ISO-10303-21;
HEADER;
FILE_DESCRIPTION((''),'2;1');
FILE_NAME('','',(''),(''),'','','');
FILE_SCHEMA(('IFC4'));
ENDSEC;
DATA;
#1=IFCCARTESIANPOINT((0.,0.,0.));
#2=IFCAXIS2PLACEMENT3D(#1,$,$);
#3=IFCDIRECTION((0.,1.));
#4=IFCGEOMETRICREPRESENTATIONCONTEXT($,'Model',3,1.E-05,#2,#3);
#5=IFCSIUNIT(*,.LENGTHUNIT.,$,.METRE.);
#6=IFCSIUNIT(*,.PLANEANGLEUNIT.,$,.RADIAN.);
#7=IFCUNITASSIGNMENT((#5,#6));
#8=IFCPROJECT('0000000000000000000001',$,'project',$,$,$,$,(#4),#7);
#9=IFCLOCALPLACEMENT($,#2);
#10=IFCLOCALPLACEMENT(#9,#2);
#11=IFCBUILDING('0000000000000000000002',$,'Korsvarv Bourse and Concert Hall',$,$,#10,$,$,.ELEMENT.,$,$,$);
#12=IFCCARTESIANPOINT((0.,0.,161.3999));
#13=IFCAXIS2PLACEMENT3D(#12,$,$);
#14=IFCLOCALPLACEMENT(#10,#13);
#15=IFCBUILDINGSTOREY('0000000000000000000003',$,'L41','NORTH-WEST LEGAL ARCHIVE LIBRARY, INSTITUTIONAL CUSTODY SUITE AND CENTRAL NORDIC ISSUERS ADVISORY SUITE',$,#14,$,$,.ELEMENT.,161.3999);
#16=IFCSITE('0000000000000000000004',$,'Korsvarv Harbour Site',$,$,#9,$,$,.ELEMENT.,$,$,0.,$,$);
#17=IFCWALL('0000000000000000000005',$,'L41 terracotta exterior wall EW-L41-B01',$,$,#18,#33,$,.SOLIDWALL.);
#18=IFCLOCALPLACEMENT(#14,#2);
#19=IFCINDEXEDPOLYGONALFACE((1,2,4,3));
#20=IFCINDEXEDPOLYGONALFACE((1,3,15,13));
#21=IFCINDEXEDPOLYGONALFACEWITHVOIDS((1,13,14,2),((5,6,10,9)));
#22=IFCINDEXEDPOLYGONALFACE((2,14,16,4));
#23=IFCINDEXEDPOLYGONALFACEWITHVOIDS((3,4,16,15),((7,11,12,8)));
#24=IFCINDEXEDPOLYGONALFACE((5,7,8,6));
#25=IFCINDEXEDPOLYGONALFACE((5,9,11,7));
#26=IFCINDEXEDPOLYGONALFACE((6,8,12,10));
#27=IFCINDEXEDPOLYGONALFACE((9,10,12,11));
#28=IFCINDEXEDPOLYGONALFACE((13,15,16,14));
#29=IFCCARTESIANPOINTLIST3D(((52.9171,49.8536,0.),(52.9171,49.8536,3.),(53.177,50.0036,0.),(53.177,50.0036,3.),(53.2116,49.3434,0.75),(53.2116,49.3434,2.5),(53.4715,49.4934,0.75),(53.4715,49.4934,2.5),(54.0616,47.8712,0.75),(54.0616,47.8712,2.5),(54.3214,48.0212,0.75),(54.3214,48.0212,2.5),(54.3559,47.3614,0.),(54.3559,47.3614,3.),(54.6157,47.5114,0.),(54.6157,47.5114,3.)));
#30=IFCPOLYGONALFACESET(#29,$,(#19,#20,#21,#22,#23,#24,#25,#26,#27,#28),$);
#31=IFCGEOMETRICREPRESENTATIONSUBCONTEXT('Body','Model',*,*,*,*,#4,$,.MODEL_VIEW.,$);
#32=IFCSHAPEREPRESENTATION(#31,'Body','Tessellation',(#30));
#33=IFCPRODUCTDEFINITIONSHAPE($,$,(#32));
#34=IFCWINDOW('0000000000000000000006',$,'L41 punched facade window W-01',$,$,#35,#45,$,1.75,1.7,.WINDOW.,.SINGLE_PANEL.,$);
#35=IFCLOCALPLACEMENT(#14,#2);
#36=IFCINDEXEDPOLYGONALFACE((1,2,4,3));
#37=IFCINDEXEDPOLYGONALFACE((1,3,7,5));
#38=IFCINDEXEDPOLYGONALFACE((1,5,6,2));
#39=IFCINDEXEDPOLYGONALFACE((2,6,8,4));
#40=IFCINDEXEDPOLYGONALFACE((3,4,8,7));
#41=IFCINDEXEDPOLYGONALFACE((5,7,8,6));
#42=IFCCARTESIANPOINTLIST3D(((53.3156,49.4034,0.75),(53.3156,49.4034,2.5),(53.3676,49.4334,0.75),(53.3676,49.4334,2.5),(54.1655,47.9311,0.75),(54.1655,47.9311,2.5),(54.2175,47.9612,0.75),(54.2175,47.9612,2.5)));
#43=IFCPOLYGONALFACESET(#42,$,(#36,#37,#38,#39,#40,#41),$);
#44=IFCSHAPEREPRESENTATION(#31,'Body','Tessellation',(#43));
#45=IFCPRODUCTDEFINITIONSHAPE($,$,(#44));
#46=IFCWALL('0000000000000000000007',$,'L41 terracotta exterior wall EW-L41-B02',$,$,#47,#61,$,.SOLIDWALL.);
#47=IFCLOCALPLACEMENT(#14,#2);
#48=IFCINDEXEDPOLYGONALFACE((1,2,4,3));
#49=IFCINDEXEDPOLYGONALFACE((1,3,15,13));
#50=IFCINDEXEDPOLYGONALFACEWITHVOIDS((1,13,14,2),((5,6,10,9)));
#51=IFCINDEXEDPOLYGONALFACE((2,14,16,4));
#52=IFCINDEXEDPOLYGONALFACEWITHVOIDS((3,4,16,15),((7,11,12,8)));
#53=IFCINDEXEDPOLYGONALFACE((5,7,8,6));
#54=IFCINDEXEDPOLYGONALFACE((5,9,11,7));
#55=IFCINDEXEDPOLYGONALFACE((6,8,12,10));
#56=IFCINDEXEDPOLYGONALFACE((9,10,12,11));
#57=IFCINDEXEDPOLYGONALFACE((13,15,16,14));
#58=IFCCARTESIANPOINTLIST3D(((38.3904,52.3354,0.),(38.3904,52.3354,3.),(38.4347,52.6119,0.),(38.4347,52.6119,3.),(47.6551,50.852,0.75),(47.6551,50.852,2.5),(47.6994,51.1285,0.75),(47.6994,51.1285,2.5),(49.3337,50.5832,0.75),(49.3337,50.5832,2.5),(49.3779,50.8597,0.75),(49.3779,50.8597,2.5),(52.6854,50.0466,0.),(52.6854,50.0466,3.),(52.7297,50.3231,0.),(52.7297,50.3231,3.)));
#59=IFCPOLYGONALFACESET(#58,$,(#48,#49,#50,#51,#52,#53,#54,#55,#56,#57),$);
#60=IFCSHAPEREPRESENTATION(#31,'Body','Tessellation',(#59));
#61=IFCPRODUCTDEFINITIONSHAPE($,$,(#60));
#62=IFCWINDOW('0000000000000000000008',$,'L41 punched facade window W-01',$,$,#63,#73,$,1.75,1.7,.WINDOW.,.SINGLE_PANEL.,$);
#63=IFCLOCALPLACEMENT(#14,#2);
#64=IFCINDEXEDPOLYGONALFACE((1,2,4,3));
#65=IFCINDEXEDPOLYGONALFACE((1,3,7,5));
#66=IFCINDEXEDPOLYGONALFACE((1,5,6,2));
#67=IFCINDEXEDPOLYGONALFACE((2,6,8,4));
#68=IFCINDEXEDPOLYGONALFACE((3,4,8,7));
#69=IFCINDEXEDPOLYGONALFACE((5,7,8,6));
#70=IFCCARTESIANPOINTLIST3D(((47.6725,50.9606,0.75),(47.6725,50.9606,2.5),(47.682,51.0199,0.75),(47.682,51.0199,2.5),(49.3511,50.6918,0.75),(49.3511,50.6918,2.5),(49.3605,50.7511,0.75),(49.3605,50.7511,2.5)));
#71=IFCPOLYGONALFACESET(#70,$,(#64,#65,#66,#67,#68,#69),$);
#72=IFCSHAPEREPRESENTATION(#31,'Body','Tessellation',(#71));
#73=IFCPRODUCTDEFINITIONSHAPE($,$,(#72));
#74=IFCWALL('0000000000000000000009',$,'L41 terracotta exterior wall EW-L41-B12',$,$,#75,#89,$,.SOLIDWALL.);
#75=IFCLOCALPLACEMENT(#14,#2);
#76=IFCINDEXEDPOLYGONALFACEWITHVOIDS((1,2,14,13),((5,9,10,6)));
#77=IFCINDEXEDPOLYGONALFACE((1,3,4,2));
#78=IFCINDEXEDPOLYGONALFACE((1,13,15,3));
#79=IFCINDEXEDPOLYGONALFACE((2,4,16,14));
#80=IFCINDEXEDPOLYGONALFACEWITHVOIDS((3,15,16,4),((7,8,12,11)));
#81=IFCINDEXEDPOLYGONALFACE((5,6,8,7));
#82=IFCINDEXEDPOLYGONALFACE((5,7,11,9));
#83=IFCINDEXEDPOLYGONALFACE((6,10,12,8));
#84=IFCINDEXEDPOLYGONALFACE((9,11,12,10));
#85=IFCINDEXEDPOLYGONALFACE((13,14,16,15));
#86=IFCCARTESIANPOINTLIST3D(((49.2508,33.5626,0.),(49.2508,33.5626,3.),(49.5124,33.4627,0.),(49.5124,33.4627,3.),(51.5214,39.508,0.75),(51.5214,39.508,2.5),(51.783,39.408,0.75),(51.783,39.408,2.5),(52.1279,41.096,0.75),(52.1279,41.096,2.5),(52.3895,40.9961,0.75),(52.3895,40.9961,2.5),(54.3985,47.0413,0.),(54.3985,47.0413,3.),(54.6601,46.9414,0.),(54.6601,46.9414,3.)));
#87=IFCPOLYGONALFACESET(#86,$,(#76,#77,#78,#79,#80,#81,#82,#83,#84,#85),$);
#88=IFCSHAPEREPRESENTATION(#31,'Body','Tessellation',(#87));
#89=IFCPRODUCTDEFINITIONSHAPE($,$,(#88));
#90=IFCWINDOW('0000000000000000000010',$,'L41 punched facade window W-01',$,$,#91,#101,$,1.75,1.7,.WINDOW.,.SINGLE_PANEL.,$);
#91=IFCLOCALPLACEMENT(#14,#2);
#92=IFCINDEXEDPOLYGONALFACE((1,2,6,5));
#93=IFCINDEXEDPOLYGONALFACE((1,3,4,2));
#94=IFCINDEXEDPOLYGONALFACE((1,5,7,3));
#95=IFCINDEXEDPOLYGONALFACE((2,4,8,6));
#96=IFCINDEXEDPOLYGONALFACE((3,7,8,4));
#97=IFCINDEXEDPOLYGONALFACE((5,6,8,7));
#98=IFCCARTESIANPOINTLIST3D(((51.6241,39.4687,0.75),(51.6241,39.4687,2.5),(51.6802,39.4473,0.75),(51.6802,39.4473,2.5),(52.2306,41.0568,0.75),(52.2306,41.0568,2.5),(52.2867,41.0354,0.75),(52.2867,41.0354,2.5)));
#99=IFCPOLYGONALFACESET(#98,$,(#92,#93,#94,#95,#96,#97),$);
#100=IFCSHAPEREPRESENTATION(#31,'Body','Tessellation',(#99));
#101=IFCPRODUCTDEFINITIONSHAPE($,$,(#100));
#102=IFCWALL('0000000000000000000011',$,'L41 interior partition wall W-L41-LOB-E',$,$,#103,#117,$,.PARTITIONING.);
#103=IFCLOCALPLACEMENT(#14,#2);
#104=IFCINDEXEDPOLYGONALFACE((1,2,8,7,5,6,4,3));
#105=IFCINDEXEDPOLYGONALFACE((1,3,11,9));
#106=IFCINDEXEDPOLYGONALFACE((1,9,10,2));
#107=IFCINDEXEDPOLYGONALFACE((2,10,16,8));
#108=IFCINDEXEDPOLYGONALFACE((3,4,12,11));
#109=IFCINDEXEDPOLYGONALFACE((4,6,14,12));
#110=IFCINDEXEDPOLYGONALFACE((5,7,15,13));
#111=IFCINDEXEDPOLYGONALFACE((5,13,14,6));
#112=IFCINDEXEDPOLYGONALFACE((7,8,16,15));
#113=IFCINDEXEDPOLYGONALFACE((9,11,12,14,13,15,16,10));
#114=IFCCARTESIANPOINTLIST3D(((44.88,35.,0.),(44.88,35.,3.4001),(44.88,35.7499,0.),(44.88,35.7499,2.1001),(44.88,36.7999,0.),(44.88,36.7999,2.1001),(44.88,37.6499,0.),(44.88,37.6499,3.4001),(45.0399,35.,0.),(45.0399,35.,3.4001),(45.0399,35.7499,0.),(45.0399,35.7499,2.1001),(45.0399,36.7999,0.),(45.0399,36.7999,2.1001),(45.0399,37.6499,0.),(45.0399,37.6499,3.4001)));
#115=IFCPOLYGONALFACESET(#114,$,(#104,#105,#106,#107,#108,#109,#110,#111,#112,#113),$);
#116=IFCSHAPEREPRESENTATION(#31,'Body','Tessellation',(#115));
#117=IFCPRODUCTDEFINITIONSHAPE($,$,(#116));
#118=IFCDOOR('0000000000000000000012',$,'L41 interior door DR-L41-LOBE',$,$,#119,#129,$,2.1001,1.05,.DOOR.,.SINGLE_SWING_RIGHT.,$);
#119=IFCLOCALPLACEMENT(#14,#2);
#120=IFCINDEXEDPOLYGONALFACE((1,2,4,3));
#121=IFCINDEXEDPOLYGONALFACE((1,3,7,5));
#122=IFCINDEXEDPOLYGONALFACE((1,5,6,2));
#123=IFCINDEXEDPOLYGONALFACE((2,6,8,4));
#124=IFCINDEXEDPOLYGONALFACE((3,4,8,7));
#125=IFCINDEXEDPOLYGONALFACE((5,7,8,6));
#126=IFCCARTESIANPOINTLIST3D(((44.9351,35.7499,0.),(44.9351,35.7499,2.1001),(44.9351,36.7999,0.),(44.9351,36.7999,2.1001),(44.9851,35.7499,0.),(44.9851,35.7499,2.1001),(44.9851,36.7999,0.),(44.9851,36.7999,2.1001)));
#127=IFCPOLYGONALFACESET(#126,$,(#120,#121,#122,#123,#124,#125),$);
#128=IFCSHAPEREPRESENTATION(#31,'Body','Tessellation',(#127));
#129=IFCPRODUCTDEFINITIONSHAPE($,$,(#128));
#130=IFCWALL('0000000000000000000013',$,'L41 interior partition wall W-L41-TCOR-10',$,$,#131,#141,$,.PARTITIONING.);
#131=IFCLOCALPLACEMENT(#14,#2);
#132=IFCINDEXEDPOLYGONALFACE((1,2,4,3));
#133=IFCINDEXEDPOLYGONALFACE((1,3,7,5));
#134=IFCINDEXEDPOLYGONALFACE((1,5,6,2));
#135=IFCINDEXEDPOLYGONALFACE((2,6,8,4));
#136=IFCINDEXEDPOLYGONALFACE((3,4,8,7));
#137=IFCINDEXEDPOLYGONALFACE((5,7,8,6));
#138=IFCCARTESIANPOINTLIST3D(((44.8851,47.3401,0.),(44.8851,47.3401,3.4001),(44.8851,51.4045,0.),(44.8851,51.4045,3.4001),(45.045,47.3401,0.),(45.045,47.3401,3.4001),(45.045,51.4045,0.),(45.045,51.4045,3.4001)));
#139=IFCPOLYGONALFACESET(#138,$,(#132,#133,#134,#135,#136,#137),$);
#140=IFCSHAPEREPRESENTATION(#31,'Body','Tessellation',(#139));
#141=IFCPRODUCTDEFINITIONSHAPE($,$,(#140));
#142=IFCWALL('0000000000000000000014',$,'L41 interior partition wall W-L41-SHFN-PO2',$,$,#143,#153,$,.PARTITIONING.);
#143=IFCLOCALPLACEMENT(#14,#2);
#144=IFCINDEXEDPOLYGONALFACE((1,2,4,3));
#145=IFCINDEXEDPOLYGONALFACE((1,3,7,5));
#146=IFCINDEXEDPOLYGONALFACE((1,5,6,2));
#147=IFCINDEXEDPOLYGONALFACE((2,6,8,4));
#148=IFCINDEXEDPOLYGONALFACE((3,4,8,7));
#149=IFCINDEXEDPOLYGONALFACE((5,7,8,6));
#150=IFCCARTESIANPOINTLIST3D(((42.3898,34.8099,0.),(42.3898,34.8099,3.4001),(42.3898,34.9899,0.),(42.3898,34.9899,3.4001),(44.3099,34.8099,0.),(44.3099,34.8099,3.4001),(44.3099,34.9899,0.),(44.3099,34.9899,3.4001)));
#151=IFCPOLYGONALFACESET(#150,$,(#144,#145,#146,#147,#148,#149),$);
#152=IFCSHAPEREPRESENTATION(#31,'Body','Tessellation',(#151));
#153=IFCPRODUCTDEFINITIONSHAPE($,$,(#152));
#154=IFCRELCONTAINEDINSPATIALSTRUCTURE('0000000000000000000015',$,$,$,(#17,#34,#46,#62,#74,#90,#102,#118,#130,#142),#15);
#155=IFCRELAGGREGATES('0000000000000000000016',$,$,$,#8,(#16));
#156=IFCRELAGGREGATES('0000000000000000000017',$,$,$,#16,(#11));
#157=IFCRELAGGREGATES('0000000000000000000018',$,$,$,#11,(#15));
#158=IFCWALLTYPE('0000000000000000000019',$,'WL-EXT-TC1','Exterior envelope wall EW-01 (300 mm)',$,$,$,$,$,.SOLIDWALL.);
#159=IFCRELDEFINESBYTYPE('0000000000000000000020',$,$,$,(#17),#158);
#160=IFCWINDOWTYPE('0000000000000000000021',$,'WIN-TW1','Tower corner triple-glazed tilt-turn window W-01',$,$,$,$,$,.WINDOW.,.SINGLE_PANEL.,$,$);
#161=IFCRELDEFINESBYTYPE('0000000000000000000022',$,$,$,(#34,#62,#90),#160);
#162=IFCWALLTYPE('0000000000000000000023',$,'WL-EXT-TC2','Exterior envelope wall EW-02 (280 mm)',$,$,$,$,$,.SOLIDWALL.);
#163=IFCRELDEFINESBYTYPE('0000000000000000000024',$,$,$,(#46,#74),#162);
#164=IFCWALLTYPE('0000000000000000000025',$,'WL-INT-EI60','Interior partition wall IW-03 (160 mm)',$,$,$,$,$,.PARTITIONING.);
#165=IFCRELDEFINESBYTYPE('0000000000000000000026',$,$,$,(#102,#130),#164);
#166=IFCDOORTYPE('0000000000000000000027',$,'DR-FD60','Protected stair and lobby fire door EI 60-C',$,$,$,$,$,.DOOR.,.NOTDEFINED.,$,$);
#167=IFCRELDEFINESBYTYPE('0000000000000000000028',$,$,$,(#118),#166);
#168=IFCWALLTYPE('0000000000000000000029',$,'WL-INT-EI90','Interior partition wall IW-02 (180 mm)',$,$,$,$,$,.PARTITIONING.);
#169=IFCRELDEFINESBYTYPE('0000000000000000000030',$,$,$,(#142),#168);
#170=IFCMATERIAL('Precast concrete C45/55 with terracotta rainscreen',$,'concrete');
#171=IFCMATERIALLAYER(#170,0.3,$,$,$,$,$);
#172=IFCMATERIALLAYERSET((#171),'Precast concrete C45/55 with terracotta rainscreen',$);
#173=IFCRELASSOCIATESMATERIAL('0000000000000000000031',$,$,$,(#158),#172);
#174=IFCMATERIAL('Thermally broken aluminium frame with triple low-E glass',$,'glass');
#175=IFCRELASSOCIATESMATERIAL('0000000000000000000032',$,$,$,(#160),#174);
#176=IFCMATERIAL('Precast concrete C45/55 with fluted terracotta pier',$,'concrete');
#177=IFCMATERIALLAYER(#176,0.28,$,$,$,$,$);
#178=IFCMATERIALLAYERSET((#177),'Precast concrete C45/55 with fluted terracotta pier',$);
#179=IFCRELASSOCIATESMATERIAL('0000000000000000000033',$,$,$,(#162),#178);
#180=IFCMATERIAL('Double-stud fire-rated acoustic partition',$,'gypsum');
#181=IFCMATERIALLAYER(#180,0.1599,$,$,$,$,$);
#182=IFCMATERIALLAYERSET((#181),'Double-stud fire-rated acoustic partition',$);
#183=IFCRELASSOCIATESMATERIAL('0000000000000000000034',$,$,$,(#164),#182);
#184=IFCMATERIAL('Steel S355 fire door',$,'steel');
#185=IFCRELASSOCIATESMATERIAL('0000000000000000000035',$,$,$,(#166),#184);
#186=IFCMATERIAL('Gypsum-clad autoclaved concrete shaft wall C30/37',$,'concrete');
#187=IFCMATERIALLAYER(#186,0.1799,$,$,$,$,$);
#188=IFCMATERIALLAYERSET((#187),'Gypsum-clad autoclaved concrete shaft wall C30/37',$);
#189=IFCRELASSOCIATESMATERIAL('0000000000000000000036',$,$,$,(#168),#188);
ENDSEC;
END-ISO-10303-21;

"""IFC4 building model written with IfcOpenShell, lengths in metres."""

from ifc_helpers import new_model, si_unit, direction, frame, frame_2d, origin, place, context, subcontext, project, spatial, rectangle, extrude, material, layer, layer_set, type_object, element, fill, save


model = new_model("IFC4")

# Units and contexts
model_context = context("Model", 3, precision=1e-05, world=origin(), true_north=direction((0.0, 1.0)))
body_context = subcontext(model_context, "Body", "Model", "MODEL_VIEW")
ifc_project = project(units=[si_unit("LENGTHUNIT", "METRE"), si_unit("PLANEANGLEUNIT", "RADIAN")], contexts=[model_context])

# Site, building, storey
site_placement = place(None, origin())
site = spatial("IfcSite", under=ifc_project, at=site_placement, Name="Korsvarv Harbour Site", CompositionType="ELEMENT", RefElevation=0.0)
building_placement = place(site_placement, origin())
building = spatial("IfcBuilding", under=site, at=building_placement, Name="Korsvarv Bourse and Concert Hall", CompositionType="ELEMENT")
storey_placement = place(building_placement, frame((0.0, 0.0, 161.3999)))
storey = spatial("IfcBuildingStorey", under=building, at=storey_placement, Name="L41", Description="NORTH-WEST LEGAL ARCHIVE LIBRARY, INSTITUTIONAL CUSTODY SUITE AND CENTRAL NORDIC ISSUERS ADVISORY SUITE", CompositionType="ELEMENT", Elevation=161.3999)

# Walls, openings, windows
ifc_material_1 = material(Name="Precast concrete C45/55 with terracotta rainscreen", Category="concrete")
ifc_layer_1 = layer(ifc_material_1, 0.3)
ifc_layer_set_1 = layer_set([ifc_layer_1], Name="Precast concrete C45/55 with terracotta rainscreen")
wall_type_1 = type_object("IfcWallType", Name="WL-EXT-TC1", Description="Exterior envelope wall EW-01 (300 mm)", PredefinedType="SOLIDWALL", material=ifc_layer_set_1)
wall_1_placement = place(storey_placement, frame((54.4858, 47.4363, 0.0), z_axis=(0.0, 0.0, 1.0), x_axis=(-0.499962, 0.866047, 0.0)))
wall_1 = element("IfcWall", 1, at=wall_1_placement, inside=storey, type_object=wall_type_1, Name="L41 terracotta exterior wall EW-L41-B01", PredefinedType="SOLIDWALL", context=body_context, shape_type="SweptSolid", body=[
    extrude(rectangle(XDim=2.8777, YDim=0.3, at=frame_2d((1.439, 0.0))), origin(), (0.0, 0.0, 1.0), 3.0),
])
opening_1_placement = place(wall_1_placement, frame((0.5886, 0.0, 0.75)))
opening_1 = element("IfcOpeningElement", 2, at=opening_1_placement, cuts=wall_1, PredefinedType="OPENING", context=body_context, shape_type="SweptSolid", body=[
    extrude(rectangle(XDim=1.7, YDim=1.75, at=frame_2d((0.8501, 0.875))), frame((0.0, 0.1602, 0.0), z_axis=(0.0, -1.0, 0.0), x_axis=(1.0, 0.0, 0.0)), (0.0, 0.0, 1.0), 0.3201),
])
ifc_material_2 = material(Name="Thermally broken aluminium frame with triple low-E glass", Category="glass")
window_type = type_object("IfcWindowType", Name="WIN-TW1", Description="Tower corner triple-glazed tilt-turn window W-01", PartitioningType="SINGLE_PANEL", PredefinedType="WINDOW", material=ifc_material_2)
window_1_placement = place(opening_1_placement, origin())
window_1 = element("IfcWindow", 3, at=window_1_placement, inside=storey, type_object=window_type, Name="L41 punched facade window W-01", OverallHeight=1.75, OverallWidth=1.7, PartitioningType="SINGLE_PANEL", PredefinedType="WINDOW", context=body_context, shape_type="SweptSolid", body=[
    extrude(rectangle(XDim=1.7, YDim=1.75, at=frame_2d((0.8501, 0.875))), frame((0.0, 0.03, 0.0), z_axis=(0.0, -1.0, 0.0), x_axis=(1.0, 0.0, 0.0)), (0.0, 0.0, 1.0), 0.0601),
])
fill(opening_1, window_1)
ifc_material_3 = material(Name="Precast concrete C45/55 with fluted terracotta pier", Category="concrete")
ifc_layer_2 = layer(ifc_material_3, 0.28)
ifc_layer_set_2 = layer_set([ifc_layer_2], Name="Precast concrete C45/55 with fluted terracotta pier")
wall_type_2 = type_object("IfcWallType", Name="WL-EXT-TC2", Description="Exterior envelope wall EW-02 (280 mm)", PredefinedType="SOLIDWALL", material=ifc_layer_set_2)
wall_2_placement = place(storey_placement, frame((52.7075, 50.1848, 0.0), z_axis=(0.0, 0.0, 1.0), x_axis=(-0.987423, 0.1581, 0.0)))
wall_2 = element("IfcWall", 4, at=wall_2_placement, inside=storey, type_object=wall_type_2, Name="L41 terracotta exterior wall EW-L41-B02", PredefinedType="SOLIDWALL", context=body_context, shape_type="SweptSolid", body=[
    extrude(rectangle(XDim=14.4771, YDim=0.28, at=frame_2d((7.2385, 0.0))), origin(), (0.0, 0.0, 1.0), 3.0),
])
opening_2_placement = place(wall_2_placement, frame((3.3943, 0.0, 0.75)))
opening_2 = element("IfcOpeningElement", 5, at=opening_2_placement, cuts=wall_2, PredefinedType="OPENING", context=body_context, shape_type="SweptSolid", body=[
    extrude(rectangle(XDim=1.7, YDim=1.75, at=frame_2d((0.8501, 0.875))), frame((0.0, 0.1499, 0.0), z_axis=(0.0, -1.0, 0.0), x_axis=(1.0, 0.0, 0.0)), (0.0, 0.0, 1.0), 0.3),
])
window_2_placement = place(opening_2_placement, origin())
window_2 = element("IfcWindow", 6, at=window_2_placement, inside=storey, type_object=window_type, Name="L41 punched facade window W-01", OverallHeight=1.75, OverallWidth=1.7, PartitioningType="SINGLE_PANEL", PredefinedType="WINDOW", context=body_context, shape_type="SweptSolid", body=[
    extrude(rectangle(XDim=1.7, YDim=1.75, at=frame_2d((0.8501, 0.875))), frame((0.0, 0.03, 0.0), z_axis=(0.0, -1.0, 0.0), x_axis=(1.0, 0.0, 0.0)), (0.0, 0.0, 1.0), 0.0601),
])
fill(opening_2, window_2)
wall_3_placement = place(storey_placement, frame((49.3816, 33.5127, 0.0), z_axis=(0.0, 0.0, 1.0), x_axis=(0.356778, 0.934189, 0.0)))
wall_3 = element("IfcWall", 7, at=wall_3_placement, inside=storey, type_object=wall_type_2, Name="L41 terracotta exterior wall EW-L41-B12", PredefinedType="SOLIDWALL", context=body_context, shape_type="SweptSolid", body=[
    extrude(rectangle(XDim=14.4282, YDim=0.28, at=frame_2d((7.2141, 0.0))), origin(), (0.0, 0.0, 1.0), 3.0),
])
opening_3_placement = place(wall_3_placement, frame((6.364, 0.0, 0.75)))
opening_3 = element("IfcOpeningElement", 8, at=opening_3_placement, cuts=wall_3, PredefinedType="OPENING", context=body_context, shape_type="SweptSolid", body=[
    extrude(rectangle(XDim=1.7, YDim=1.75, at=frame_2d((0.8501, 0.875))), frame((0.0, 0.1499, 0.0), z_axis=(0.0, -1.0, 0.0), x_axis=(1.0, 0.0, 0.0)), (0.0, 0.0, 1.0), 0.3),
])
window_3_placement = place(opening_3_placement, origin())
window_3 = element("IfcWindow", 9, at=window_3_placement, inside=storey, type_object=window_type, Name="L41 punched facade window W-01", OverallHeight=1.75, OverallWidth=1.7, PartitioningType="SINGLE_PANEL", PredefinedType="WINDOW", context=body_context, shape_type="SweptSolid", body=[
    extrude(rectangle(XDim=1.7, YDim=1.75, at=frame_2d((0.8501, 0.875))), frame((0.0, 0.03, 0.0), z_axis=(0.0, -1.0, 0.0), x_axis=(1.0, 0.0, 0.0)), (0.0, 0.0, 1.0), 0.0601),
])
fill(opening_3, window_3)

# Wall, opening, door
ifc_material_4 = material(Name="Double-stud fire-rated acoustic partition", Category="gypsum")
ifc_layer_3 = layer(ifc_material_4, 0.1599)
ifc_layer_set_3 = layer_set([ifc_layer_3], Name="Double-stud fire-rated acoustic partition")
wall_type_3 = type_object("IfcWallType", Name="WL-INT-EI60", Description="Interior partition wall IW-03 (160 mm)", PredefinedType="PARTITIONING", material=ifc_layer_set_3)
wall_4_placement = place(storey_placement, frame((44.96, 35.0, 0.0), z_axis=(0.0, 0.0, 1.0), x_axis=(0.0, 1.0, 0.0)))
wall_4 = element("IfcWall", 10, at=wall_4_placement, inside=storey, type_object=wall_type_3, Name="L41 interior partition wall W-L41-LOB-E", PredefinedType="PARTITIONING", context=body_context, shape_type="SweptSolid", body=[
    extrude(rectangle(XDim=2.6499, YDim=0.1599, at=frame_2d((1.325, 0.0))), origin(), (0.0, 0.0, 1.0), 3.4001),
])
opening_4_placement = place(wall_4_placement, frame((0.75, 0.0, 0.0)))
opening_4 = element("IfcOpeningElement", 11, at=opening_4_placement, cuts=wall_4, PredefinedType="OPENING", context=body_context, shape_type="SweptSolid", body=[
    extrude(rectangle(XDim=1.05, YDim=2.1001, at=frame_2d((0.5249, 1.05))), frame((0.0, 0.0898, 0.0), z_axis=(0.0, -1.0, 0.0), x_axis=(1.0, 0.0, 0.0)), (0.0, 0.0, 1.0), 0.1799),
])
ifc_material_5 = material(Name="Steel S355 fire door", Category="steel")
door_type = type_object("IfcDoorType", Name="DR-FD60", Description="Protected stair and lobby fire door EI 60-C", OperationType="NOTDEFINED", PredefinedType="DOOR", material=ifc_material_5)
door_placement = place(opening_4_placement, origin())
door = element("IfcDoor", 12, at=door_placement, inside=storey, type_object=door_type, Name="L41 interior door DR-L41-LOBE", OperationType="SINGLE_SWING_RIGHT", OverallHeight=2.1001, OverallWidth=1.05, PredefinedType="DOOR", context=body_context, shape_type="SweptSolid", body=[
    extrude(rectangle(XDim=1.05, YDim=2.1001, at=frame_2d((0.5249, 1.05))), frame((0.0, 0.0249, 0.0), z_axis=(0.0, -1.0, 0.0), x_axis=(1.0, 0.0, 0.0)), (0.0, 0.0, 1.0), 0.05),
])
fill(opening_4, door)

# Walls
wall_5_placement = place(storey_placement, frame((44.9651, 47.3401, 0.0), z_axis=(0.0, 0.0, 1.0), x_axis=(0.0, 1.0, 0.0)))
element("IfcWall", 13, at=wall_5_placement, inside=storey, type_object=wall_type_3, Name="L41 interior partition wall W-L41-TCOR-10", PredefinedType="PARTITIONING", context=body_context, shape_type="SweptSolid", body=[
    extrude(rectangle(XDim=4.0645, YDim=0.1599, at=frame_2d((2.0322, 0.0))), origin(), (0.0, 0.0, 1.0), 3.4001),
])
ifc_material_6 = material(Name="Gypsum-clad autoclaved concrete shaft wall C30/37", Category="concrete")
ifc_layer_4 = layer(ifc_material_6, 0.1799)
ifc_layer_set_4 = layer_set([ifc_layer_4], Name="Gypsum-clad autoclaved concrete shaft wall C30/37")
wall_type_4 = type_object("IfcWallType", Name="WL-INT-EI90", Description="Interior partition wall IW-02 (180 mm)", PredefinedType="PARTITIONING", material=ifc_layer_set_4)
wall_6_placement = place(storey_placement, frame((42.3899, 34.8999, 0.0), z_axis=(0.0, 0.0, 1.0), x_axis=(1.0, 0.0, 0.0)))
element("IfcWall", 14, at=wall_6_placement, inside=storey, type_object=wall_type_4, Name="L41 interior partition wall W-L41-SHFN-PO2", PredefinedType="PARTITIONING", context=body_context, shape_type="SweptSolid", body=[
    extrude(rectangle(XDim=1.9202, YDim=0.1799, at=frame_2d((0.96, 0.0))), origin(), (0.0, 0.0, 1.0), 3.4001),
])

save(model, "model.ifc")
